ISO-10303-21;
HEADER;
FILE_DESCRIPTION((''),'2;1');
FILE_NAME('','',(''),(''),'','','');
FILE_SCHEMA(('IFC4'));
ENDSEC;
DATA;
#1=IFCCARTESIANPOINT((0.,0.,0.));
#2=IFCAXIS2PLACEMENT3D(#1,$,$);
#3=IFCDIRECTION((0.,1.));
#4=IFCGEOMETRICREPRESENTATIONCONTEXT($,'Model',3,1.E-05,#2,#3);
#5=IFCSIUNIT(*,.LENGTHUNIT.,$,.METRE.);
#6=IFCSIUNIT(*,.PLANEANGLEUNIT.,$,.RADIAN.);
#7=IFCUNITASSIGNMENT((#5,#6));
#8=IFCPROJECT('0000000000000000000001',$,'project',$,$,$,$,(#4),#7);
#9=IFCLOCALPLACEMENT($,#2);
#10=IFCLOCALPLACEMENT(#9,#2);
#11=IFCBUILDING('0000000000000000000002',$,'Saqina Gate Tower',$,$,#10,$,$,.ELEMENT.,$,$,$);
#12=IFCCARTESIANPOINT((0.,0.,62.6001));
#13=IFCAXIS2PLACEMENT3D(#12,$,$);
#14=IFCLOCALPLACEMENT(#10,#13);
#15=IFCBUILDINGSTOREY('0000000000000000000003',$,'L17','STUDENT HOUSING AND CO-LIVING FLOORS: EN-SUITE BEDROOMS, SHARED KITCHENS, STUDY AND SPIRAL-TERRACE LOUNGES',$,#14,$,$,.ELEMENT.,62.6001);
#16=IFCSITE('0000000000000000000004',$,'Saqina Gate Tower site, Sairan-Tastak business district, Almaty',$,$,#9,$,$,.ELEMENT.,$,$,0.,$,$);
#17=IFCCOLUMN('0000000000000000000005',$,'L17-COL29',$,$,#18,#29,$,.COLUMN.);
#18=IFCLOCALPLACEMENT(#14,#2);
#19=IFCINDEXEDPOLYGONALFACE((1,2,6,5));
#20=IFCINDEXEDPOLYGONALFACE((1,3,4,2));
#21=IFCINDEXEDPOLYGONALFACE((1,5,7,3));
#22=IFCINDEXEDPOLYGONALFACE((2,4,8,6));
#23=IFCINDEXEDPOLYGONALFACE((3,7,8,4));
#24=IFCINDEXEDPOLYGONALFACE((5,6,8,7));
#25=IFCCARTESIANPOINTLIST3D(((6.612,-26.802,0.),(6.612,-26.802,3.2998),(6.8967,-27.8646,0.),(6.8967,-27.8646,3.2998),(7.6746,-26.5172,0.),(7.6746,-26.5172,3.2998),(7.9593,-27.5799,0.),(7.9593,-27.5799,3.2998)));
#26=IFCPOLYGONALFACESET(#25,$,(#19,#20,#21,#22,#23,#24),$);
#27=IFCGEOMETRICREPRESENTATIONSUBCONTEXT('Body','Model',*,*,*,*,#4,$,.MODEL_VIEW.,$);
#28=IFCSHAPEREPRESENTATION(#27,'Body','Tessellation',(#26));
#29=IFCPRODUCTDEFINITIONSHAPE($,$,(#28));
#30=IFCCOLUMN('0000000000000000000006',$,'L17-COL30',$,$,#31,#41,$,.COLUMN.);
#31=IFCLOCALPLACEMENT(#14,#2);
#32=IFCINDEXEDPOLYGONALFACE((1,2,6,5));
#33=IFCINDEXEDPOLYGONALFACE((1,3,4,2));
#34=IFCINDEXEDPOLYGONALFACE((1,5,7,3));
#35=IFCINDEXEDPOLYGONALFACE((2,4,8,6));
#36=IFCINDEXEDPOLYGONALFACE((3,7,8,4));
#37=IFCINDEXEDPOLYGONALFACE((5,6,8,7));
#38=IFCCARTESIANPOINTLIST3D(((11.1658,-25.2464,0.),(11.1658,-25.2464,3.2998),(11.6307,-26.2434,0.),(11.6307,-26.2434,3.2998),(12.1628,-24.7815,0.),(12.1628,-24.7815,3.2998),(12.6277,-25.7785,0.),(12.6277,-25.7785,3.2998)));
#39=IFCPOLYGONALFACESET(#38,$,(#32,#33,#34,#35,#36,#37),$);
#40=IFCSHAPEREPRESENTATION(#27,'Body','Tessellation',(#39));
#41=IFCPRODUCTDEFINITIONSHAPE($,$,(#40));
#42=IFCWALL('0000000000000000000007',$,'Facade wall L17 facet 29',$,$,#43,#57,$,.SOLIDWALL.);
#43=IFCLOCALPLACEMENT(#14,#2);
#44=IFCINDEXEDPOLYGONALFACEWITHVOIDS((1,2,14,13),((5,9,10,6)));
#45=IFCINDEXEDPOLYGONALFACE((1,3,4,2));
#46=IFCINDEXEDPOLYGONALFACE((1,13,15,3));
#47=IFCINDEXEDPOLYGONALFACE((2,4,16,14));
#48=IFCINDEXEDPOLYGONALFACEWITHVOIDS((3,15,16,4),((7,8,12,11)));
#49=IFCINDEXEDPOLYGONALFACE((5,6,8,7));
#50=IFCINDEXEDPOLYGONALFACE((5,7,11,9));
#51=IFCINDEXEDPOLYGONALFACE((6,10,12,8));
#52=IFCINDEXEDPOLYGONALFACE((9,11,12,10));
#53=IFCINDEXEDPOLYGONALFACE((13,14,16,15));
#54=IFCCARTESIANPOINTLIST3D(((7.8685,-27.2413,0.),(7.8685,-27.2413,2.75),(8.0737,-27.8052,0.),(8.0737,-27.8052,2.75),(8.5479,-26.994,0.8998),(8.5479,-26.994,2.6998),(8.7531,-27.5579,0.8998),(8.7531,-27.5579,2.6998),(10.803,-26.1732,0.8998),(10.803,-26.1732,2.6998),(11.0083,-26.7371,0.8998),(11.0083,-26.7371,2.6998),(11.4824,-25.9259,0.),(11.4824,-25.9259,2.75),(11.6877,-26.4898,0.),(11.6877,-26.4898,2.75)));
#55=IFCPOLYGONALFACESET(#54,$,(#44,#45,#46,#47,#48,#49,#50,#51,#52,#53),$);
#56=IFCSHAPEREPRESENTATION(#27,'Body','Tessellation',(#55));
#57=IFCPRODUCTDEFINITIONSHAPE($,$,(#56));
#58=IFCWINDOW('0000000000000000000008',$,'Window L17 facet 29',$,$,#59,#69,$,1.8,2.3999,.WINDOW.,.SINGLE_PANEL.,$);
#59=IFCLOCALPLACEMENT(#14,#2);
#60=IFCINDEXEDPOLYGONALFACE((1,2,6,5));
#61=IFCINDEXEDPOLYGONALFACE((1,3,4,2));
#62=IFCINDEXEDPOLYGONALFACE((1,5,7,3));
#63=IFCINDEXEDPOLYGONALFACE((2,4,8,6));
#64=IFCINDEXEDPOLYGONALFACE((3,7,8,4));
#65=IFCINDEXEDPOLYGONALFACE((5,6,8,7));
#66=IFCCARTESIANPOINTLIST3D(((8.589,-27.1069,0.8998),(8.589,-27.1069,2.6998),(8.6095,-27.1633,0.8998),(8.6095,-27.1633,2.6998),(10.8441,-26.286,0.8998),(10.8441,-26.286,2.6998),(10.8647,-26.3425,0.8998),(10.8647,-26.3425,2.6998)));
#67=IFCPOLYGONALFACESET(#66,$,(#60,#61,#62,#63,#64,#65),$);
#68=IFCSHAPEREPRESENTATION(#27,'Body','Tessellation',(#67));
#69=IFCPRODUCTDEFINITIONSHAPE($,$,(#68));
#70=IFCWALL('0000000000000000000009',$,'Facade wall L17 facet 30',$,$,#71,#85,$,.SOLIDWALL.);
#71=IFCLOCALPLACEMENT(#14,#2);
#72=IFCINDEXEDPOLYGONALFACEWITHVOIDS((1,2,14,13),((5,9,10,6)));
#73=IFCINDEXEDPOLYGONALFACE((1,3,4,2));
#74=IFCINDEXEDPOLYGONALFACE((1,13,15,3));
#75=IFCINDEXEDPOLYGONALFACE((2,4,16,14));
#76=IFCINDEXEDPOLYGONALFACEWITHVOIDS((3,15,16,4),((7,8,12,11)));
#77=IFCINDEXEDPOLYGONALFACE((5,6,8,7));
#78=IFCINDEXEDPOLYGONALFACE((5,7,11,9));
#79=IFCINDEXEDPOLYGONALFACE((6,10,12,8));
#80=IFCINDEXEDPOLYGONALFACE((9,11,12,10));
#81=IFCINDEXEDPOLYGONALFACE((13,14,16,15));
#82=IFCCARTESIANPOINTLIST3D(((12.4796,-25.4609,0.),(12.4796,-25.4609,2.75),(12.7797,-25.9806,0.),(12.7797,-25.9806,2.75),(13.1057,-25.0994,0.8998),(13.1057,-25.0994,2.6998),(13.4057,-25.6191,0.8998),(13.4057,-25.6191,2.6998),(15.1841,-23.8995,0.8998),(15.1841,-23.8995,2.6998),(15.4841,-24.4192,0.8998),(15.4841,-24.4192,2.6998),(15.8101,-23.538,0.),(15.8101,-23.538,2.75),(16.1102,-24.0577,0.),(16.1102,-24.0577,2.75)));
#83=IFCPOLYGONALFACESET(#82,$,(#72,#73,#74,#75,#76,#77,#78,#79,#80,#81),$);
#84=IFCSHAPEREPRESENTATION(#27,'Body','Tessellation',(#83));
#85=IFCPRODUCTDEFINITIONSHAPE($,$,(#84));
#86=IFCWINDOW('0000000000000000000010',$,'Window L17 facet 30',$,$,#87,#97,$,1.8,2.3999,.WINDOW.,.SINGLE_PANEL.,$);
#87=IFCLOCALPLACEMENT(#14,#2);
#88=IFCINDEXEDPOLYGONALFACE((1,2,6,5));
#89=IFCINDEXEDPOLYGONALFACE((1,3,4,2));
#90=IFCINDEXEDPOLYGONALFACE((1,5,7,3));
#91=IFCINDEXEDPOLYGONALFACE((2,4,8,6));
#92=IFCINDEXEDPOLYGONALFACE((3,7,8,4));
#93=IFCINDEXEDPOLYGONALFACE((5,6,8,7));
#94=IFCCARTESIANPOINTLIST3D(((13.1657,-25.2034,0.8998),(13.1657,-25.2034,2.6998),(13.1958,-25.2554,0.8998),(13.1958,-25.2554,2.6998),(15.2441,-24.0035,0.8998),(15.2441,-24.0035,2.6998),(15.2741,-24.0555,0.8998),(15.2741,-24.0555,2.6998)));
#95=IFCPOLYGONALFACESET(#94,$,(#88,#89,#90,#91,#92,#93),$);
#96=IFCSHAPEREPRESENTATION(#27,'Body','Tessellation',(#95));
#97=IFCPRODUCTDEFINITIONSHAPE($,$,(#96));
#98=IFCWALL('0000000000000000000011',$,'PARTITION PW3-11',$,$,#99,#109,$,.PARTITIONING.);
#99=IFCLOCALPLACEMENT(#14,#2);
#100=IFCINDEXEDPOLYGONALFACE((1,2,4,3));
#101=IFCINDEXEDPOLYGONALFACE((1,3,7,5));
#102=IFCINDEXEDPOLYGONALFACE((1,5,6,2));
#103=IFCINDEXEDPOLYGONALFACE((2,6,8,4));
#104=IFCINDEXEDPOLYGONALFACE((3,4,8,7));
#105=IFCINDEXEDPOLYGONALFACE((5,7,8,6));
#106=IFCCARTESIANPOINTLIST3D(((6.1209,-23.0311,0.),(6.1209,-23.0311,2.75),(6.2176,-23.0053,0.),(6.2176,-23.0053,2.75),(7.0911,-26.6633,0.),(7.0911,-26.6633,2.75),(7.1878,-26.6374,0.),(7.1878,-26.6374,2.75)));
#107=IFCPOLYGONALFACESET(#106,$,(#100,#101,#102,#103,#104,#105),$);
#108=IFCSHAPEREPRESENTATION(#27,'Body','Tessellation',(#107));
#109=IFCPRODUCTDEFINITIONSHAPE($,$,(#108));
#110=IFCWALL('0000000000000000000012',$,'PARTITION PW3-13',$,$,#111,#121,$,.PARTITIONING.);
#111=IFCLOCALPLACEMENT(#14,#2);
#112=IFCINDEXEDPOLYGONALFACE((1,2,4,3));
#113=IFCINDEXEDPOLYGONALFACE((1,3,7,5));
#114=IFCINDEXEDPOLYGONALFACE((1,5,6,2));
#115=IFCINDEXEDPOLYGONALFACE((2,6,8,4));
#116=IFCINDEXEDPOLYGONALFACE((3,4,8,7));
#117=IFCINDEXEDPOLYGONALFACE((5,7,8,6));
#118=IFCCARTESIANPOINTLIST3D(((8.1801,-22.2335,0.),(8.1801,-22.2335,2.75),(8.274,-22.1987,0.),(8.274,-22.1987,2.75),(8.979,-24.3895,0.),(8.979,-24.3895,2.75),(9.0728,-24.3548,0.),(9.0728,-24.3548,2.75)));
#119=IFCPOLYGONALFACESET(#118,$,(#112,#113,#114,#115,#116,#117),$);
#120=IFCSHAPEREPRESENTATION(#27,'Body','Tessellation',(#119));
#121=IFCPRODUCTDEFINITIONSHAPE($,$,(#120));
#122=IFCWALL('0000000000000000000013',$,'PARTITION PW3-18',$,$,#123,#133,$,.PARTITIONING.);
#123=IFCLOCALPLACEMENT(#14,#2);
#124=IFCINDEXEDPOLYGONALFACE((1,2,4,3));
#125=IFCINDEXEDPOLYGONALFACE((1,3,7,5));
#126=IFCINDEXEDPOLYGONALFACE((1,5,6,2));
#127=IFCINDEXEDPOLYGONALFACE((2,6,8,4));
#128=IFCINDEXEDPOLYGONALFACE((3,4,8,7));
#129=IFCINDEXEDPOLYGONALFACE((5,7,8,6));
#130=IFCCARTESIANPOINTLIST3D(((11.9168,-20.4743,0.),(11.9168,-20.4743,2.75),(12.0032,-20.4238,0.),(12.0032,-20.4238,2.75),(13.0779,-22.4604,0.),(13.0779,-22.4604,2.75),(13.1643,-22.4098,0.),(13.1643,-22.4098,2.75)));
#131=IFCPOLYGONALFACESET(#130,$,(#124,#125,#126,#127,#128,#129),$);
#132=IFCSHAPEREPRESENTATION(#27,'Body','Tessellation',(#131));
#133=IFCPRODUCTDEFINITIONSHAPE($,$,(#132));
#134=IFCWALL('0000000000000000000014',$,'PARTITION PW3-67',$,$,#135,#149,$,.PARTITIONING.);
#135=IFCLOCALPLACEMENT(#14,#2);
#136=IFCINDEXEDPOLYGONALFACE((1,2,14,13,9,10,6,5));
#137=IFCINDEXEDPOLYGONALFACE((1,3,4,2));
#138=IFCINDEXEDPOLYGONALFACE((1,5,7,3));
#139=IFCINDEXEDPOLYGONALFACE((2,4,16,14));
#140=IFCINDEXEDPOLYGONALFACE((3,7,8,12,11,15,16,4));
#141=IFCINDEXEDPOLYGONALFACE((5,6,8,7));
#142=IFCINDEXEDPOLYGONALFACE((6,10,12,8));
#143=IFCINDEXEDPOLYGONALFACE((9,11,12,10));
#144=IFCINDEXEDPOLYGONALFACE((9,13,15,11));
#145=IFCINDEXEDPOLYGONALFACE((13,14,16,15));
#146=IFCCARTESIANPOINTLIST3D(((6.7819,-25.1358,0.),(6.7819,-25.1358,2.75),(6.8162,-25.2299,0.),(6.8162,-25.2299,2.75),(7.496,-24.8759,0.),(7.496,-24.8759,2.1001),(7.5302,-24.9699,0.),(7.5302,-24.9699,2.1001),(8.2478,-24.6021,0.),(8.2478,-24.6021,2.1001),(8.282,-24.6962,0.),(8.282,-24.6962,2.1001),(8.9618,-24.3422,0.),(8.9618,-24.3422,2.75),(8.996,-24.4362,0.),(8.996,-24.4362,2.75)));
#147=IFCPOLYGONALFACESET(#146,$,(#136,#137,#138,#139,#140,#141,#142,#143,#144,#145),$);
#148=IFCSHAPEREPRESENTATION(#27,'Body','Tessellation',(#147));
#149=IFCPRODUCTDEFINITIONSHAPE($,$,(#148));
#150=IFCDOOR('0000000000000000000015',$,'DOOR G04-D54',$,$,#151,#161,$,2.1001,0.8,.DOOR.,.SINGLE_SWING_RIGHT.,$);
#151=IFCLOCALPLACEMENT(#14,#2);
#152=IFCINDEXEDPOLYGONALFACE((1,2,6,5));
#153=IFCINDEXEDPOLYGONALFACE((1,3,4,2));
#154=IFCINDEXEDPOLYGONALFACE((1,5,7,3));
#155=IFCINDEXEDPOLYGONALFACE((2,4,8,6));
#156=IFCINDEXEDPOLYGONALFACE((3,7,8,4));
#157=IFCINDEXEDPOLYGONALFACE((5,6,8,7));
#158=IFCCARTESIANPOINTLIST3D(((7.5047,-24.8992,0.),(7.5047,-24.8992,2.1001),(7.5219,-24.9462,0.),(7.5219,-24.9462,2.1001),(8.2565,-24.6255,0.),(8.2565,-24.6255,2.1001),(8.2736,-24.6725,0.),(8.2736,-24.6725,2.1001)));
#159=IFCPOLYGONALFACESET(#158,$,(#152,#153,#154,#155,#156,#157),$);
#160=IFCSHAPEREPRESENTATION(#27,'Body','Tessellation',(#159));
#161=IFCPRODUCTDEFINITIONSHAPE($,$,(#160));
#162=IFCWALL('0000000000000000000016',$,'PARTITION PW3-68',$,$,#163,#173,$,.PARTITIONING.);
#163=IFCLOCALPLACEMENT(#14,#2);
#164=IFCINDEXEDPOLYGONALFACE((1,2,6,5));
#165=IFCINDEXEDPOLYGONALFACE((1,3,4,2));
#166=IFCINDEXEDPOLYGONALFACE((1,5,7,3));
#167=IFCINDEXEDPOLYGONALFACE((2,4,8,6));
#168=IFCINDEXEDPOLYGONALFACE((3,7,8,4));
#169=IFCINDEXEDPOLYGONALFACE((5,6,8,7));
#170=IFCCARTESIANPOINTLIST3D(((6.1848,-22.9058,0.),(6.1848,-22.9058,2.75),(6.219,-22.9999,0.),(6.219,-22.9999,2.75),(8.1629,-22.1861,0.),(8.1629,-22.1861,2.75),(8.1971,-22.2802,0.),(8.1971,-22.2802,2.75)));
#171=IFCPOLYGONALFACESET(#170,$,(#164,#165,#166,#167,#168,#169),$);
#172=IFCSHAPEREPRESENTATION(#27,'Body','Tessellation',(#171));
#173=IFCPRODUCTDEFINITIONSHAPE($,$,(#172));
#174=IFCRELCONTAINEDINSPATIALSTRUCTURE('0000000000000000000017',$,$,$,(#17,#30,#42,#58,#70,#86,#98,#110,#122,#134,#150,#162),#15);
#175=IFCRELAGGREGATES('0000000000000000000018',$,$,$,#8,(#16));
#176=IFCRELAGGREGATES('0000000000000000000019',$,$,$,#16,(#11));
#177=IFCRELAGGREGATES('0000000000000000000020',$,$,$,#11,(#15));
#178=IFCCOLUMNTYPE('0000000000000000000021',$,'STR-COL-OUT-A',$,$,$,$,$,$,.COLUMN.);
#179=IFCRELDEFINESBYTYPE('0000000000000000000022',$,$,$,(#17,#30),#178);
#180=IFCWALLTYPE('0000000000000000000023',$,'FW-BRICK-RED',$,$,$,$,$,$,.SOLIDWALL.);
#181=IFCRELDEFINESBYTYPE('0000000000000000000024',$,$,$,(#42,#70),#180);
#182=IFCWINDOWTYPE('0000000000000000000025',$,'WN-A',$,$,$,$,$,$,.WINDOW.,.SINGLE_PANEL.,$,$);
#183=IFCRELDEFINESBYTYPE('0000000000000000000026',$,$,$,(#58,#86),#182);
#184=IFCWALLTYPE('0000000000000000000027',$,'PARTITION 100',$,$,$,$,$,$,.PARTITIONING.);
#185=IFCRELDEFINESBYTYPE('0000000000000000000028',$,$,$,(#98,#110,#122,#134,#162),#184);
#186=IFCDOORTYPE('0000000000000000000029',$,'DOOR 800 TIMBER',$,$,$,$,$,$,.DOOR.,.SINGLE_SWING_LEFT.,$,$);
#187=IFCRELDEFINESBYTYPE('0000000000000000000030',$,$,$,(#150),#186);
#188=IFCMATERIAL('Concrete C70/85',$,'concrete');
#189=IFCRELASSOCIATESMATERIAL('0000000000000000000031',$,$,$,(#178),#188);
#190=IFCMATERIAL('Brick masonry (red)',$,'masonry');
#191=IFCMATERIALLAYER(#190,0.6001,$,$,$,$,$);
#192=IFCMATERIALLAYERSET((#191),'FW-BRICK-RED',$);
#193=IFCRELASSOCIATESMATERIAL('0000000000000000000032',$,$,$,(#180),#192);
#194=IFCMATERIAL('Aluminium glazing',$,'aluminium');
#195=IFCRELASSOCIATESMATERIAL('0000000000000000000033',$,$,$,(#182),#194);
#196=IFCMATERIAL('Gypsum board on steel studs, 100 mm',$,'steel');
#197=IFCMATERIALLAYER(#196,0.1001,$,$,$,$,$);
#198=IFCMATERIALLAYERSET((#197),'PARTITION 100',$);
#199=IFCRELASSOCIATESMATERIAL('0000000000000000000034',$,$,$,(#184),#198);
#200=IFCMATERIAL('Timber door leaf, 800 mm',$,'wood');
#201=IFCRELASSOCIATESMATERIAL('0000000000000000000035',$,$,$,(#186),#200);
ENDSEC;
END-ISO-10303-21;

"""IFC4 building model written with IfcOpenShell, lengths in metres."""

from ifc_helpers import new_model, si_unit, direction, frame, frame_2d, origin, origin_2d, place, context, subcontext, project, spatial, rectangle, extrude, material, layer, layer_set, material_profile, profile_set, type_object, element, fill, save


model = new_model("IFC4")

# Units and contexts
model_context = context("Model", 3, precision=1e-05, world=origin(), true_north=direction((0.0, 1.0)))
body_context = subcontext(model_context, "Body", "Model", "MODEL_VIEW")
ifc_project = project(units=[si_unit("LENGTHUNIT", "METRE"), si_unit("PLANEANGLEUNIT", "RADIAN")], contexts=[model_context])

# Site, building, storey
site_placement = place(None, origin())
site = spatial("IfcSite", under=ifc_project, at=site_placement, Name="Saqina Gate Tower site, Sairan-Tastak business district, Almaty", CompositionType="ELEMENT", RefElevation=0.0)
building_placement = place(site_placement, origin())
building = spatial("IfcBuilding", under=site, at=building_placement, Name="Saqina Gate Tower", CompositionType="ELEMENT")
storey_placement = place(building_placement, frame((0.0, 0.0, 62.6001)))
storey = spatial("IfcBuildingStorey", under=building, at=storey_placement, Name="L17", Description="STUDENT HOUSING AND CO-LIVING FLOORS: EN-SUITE BEDROOMS, SHARED KITCHENS, STUDY AND SPIRAL-TERRACE LOUNGES", CompositionType="ELEMENT", Elevation=62.6001)

# Columns
ifc_material_1 = material(Name="Concrete C70/85", Category="concrete")
ifc_material_profile = material_profile(ifc_material_1, rectangle(XDim=1.1001, YDim=1.1001, at=origin_2d()), Name="RC 1100x1100")
ifc_profile_set = profile_set([ifc_material_profile], Name="Concrete C70/85")
column_type = type_object("IfcColumnType", Name="STR-COL-OUT-A", PredefinedType="COLUMN", material=ifc_profile_set)
for number, where, z_axis, x_axis, name in (
    (1, (7.2856, -27.1909, 0.0), (0.0, 0.0, 1.0), (0.258819, -0.965926, 0.0), "L17-COL29"),
    (2, (11.8967, -25.5125, 0.0), (0.0, 0.0, 1.0), (0.422618, -0.906308, 0.0), "L17-COL30"),
):
    element("IfcColumn", number, at=place(storey_placement, frame(where, z_axis=z_axis, x_axis=x_axis)), inside=storey, type_object=column_type, Name=name, PredefinedType="COLUMN", context=body_context, shape_type="SweptSolid", body=[
        extrude(rectangle(XDim=1.1001, YDim=1.1001, at=origin_2d()), origin(), (0.0, 0.0, 1.0), 3.2998),
    ])

# Walls, openings, windows
ifc_material_2 = material(Name="Brick masonry (red)", Category="masonry")
ifc_layer_1 = layer(ifc_material_2, 0.6001)
ifc_layer_set_1 = layer_set([ifc_layer_1], Name="FW-BRICK-RED")
wall_type_1 = type_object("IfcWallType", Name="FW-BRICK-RED", PredefinedType="SOLIDWALL", material=ifc_layer_set_1)
wall_1_placement = place(storey_placement, frame((7.9712, -27.5232, 0.0), z_axis=(0.0, 0.0, 1.0), x_axis=(0.93969, 0.342028, 0.0)))
wall_1 = element("IfcWall", 3, at=wall_1_placement, inside=storey, type_object=wall_type_1, Name="Facade wall L17 facet 29", PredefinedType="SOLIDWALL", context=body_context, shape_type="SweptSolid", body=[
    extrude(rectangle(XDim=3.8459, YDim=0.6001, at=frame_2d((1.9229, 0.0))), origin(), (0.0, 0.0, 1.0), 2.75),
])
opening_1_placement = place(wall_1_placement, frame((0.7229, 0.0, 0.8999)))
opening_1 = element("IfcOpeningElement", 4, at=opening_1_placement, cuts=wall_1, PredefinedType="OPENING", context=body_context, shape_type="SweptSolid", body=[
    extrude(rectangle(XDim=2.3999, YDim=1.8, at=frame_2d((1.2, 0.8999))), frame((0.0, 0.312, 0.0), z_axis=(0.0, -1.0, 0.0), x_axis=(1.0, 0.0, 0.0)), (0.0, 0.0, 1.0), 0.624),
])
ifc_material_3 = material(Name="Aluminium glazing", Category="aluminium")
window_type = type_object("IfcWindowType", Name="WN-A", PartitioningType="SINGLE_PANEL", PredefinedType="WINDOW", material=ifc_material_3)
window_1_placement = place(opening_1_placement, origin())
window_1 = element("IfcWindow", 5, at=window_1_placement, inside=storey, type_object=window_type, Name="Window L17 facet 29", OverallHeight=1.8, OverallWidth=2.3999, PartitioningType="SINGLE_PANEL", PredefinedType="WINDOW", context=body_context, shape_type="SweptSolid", body=[
    extrude(rectangle(XDim=2.3999, YDim=1.8, at=frame_2d((1.2, 0.8999))), frame((0.0, 0.1799, 0.0), z_axis=(0.0, -1.0, 0.0), x_axis=(1.0, 0.0, 0.0)), (0.0, 0.0, 1.0), 0.0601),
])
fill(opening_1, window_1)
wall_2_placement = place(storey_placement, frame((12.6296, -25.7207, 0.0), z_axis=(0.0, 0.0, 1.0), x_axis=(0.866031, 0.49999, 0.0)))
wall_2 = element("IfcWall", 6, at=wall_2_placement, inside=storey, type_object=wall_type_1, Name="Facade wall L17 facet 30", PredefinedType="SOLIDWALL", context=body_context, shape_type="SweptSolid", body=[
    extrude(rectangle(XDim=3.8457, YDim=0.6001, at=frame_2d((1.9229, 0.0))), origin(), (0.0, 0.0, 1.0), 2.75),
])
opening_2_placement = place(wall_2_placement, frame((0.7229, 0.0, 0.8999)))
opening_2 = element("IfcOpeningElement", 7, at=opening_2_placement, cuts=wall_2, PredefinedType="OPENING", context=body_context, shape_type="SweptSolid", body=[
    extrude(rectangle(XDim=2.3999, YDim=1.8, at=frame_2d((1.2, 0.8999))), frame((0.0, 0.312, 0.0), z_axis=(0.0, -1.0, 0.0), x_axis=(1.0, 0.0, 0.0)), (0.0, 0.0, 1.0), 0.624),
])
window_2_placement = place(opening_2_placement, origin())
window_2 = element("IfcWindow", 8, at=window_2_placement, inside=storey, type_object=window_type, Name="Window L17 facet 30", OverallHeight=1.8, OverallWidth=2.3999, PartitioningType="SINGLE_PANEL", PredefinedType="WINDOW", context=body_context, shape_type="SweptSolid", body=[
    extrude(rectangle(XDim=2.3999, YDim=1.8, at=frame_2d((1.2, 0.8999))), frame((0.0, 0.1799, 0.0), z_axis=(0.0, -1.0, 0.0), x_axis=(1.0, 0.0, 0.0)), (0.0, 0.0, 1.0), 0.0601),
])
fill(opening_2, window_2)

# Walls
ifc_material_4 = material(Name="Gypsum board on steel studs, 100 mm", Category="steel")
ifc_layer_2 = layer(ifc_material_4, 0.1001)
ifc_layer_set_2 = layer_set([ifc_layer_2], Name="PARTITION 100")
wall_type_2 = type_object("IfcWallType", Name="PARTITION 100", PredefinedType="PARTITIONING", material=ifc_layer_set_2)
wall_3_placement = place(storey_placement, frame((6.1692, -23.0181, 0.0), z_axis=(0.0, 0.0, 1.0), x_axis=(0.258075, -0.966125, 0.0)))
element("IfcWall", 9, at=wall_3_placement, inside=storey, type_object=wall_type_2, Name="PARTITION PW3-11", PredefinedType="PARTITIONING", context=body_context, shape_type="SweptSolid", body=[
    extrude(rectangle(XDim=3.7595, YDim=0.1001, at=frame_2d((1.8799, 0.0))), origin(), (0.0, 0.0, 1.0), 2.75),
])
wall_4_placement = place(storey_placement, frame((8.2271, -22.2161, 0.0), z_axis=(0.0, 0.0, 1.0), x_axis=(0.347432, -0.937705, 0.0)))
element("IfcWall", 10, at=wall_4_placement, inside=storey, type_object=wall_type_2, Name="PARTITION PW3-13", PredefinedType="PARTITIONING", context=body_context, shape_type="SweptSolid", body=[
    extrude(rectangle(XDim=2.2993, YDim=0.1001, at=frame_2d((1.1497, 0.0))), origin(), (0.0, 0.0, 1.0), 2.75),
])
wall_5_placement = place(storey_placement, frame((11.96, -20.449, 0.0), z_axis=(0.0, 0.0, 1.0), x_axis=(0.504709, -0.86329, 0.0)))
element("IfcWall", 11, at=wall_5_placement, inside=storey, type_object=wall_type_2, Name="PARTITION PW3-18", PredefinedType="PARTITIONING", context=body_context, shape_type="SweptSolid", body=[
    extrude(rectangle(XDim=2.3005, YDim=0.1001, at=frame_2d((1.1504, 0.0))), origin(), (0.0, 0.0, 1.0), 2.75),
])

# Wall, opening, door
wall_6_placement = place(storey_placement, frame((6.7991, -25.1829, 0.0), z_axis=(0.0, 0.0, 1.0), x_axis=(0.939655, 0.342123, 0.0)))
wall_6 = element("IfcWall", 12, at=wall_6_placement, inside=storey, type_object=wall_type_2, Name="PARTITION PW3-67", PredefinedType="PARTITIONING", context=body_context, shape_type="SweptSolid", body=[
    extrude(rectangle(XDim=2.3198, YDim=0.1001, at=frame_2d((1.1599, 0.0))), origin(), (0.0, 0.0, 1.0), 2.75),
])
opening_3_placement = place(wall_6_placement, frame((0.76, 0.0, 0.0)))
opening_3 = element("IfcOpeningElement", 13, at=opening_3_placement, cuts=wall_6, PredefinedType="OPENING", context=body_context, shape_type="SweptSolid", body=[
    extrude(rectangle(XDim=0.8, YDim=2.1001, at=frame_2d((0.3999, 1.05))), frame((0.0, 0.062, 0.0), z_axis=(0.0, -1.0, 0.0), x_axis=(1.0, 0.0, 0.0)), (0.0, 0.0, 1.0), 0.124),
])
ifc_material_5 = material(Name="Timber door leaf, 800 mm", Category="wood")
door_type_1 = type_object("IfcDoorType", Name="DOOR 800 TIMBER", OperationType="SINGLE_SWING_LEFT", PredefinedType="DOOR", material=ifc_material_5)
door_1_placement = place(opening_3_placement, frame((0.8, 0.0, 0.0), z_axis=(0.0, 0.0, 1.0), x_axis=(-1.0, 0.0, 0.0)))
door_1 = element("IfcDoor", 14, at=door_1_placement, inside=storey, type_object=door_type_1, Name="DOOR G04-D54", OperationType="SINGLE_SWING_RIGHT", OverallHeight=2.1001, OverallWidth=0.8, PredefinedType="DOOR", context=body_context, shape_type="SweptSolid", body=[
    extrude(rectangle(XDim=0.8, YDim=2.1001, at=frame_2d((0.3999, 1.05))), frame((0.0, 0.0249, 0.0), z_axis=(0.0, -1.0, 0.0), x_axis=(1.0, 0.0, 0.0)), (0.0, 0.0, 1.0), 0.05),
])
fill(opening_3, door_1)

# Wall
wall_7_placement = place(storey_placement, frame((6.2019, -22.9529, 0.0), z_axis=(0.0, 0.0, 1.0), x_axis=(0.939726, 0.341929, 0.0)))
element("IfcWall", 15, at=wall_7_placement, inside=storey, type_object=wall_type_2, Name="PARTITION PW3-68", PredefinedType="PARTITIONING", context=body_context, shape_type="SweptSolid", body=[
    extrude(rectangle(XDim=2.105, YDim=0.1001, at=frame_2d((1.0525, 0.0))), origin(), (0.0, 0.0, 1.0), 2.75),
])

save(model, "model.ifc")
